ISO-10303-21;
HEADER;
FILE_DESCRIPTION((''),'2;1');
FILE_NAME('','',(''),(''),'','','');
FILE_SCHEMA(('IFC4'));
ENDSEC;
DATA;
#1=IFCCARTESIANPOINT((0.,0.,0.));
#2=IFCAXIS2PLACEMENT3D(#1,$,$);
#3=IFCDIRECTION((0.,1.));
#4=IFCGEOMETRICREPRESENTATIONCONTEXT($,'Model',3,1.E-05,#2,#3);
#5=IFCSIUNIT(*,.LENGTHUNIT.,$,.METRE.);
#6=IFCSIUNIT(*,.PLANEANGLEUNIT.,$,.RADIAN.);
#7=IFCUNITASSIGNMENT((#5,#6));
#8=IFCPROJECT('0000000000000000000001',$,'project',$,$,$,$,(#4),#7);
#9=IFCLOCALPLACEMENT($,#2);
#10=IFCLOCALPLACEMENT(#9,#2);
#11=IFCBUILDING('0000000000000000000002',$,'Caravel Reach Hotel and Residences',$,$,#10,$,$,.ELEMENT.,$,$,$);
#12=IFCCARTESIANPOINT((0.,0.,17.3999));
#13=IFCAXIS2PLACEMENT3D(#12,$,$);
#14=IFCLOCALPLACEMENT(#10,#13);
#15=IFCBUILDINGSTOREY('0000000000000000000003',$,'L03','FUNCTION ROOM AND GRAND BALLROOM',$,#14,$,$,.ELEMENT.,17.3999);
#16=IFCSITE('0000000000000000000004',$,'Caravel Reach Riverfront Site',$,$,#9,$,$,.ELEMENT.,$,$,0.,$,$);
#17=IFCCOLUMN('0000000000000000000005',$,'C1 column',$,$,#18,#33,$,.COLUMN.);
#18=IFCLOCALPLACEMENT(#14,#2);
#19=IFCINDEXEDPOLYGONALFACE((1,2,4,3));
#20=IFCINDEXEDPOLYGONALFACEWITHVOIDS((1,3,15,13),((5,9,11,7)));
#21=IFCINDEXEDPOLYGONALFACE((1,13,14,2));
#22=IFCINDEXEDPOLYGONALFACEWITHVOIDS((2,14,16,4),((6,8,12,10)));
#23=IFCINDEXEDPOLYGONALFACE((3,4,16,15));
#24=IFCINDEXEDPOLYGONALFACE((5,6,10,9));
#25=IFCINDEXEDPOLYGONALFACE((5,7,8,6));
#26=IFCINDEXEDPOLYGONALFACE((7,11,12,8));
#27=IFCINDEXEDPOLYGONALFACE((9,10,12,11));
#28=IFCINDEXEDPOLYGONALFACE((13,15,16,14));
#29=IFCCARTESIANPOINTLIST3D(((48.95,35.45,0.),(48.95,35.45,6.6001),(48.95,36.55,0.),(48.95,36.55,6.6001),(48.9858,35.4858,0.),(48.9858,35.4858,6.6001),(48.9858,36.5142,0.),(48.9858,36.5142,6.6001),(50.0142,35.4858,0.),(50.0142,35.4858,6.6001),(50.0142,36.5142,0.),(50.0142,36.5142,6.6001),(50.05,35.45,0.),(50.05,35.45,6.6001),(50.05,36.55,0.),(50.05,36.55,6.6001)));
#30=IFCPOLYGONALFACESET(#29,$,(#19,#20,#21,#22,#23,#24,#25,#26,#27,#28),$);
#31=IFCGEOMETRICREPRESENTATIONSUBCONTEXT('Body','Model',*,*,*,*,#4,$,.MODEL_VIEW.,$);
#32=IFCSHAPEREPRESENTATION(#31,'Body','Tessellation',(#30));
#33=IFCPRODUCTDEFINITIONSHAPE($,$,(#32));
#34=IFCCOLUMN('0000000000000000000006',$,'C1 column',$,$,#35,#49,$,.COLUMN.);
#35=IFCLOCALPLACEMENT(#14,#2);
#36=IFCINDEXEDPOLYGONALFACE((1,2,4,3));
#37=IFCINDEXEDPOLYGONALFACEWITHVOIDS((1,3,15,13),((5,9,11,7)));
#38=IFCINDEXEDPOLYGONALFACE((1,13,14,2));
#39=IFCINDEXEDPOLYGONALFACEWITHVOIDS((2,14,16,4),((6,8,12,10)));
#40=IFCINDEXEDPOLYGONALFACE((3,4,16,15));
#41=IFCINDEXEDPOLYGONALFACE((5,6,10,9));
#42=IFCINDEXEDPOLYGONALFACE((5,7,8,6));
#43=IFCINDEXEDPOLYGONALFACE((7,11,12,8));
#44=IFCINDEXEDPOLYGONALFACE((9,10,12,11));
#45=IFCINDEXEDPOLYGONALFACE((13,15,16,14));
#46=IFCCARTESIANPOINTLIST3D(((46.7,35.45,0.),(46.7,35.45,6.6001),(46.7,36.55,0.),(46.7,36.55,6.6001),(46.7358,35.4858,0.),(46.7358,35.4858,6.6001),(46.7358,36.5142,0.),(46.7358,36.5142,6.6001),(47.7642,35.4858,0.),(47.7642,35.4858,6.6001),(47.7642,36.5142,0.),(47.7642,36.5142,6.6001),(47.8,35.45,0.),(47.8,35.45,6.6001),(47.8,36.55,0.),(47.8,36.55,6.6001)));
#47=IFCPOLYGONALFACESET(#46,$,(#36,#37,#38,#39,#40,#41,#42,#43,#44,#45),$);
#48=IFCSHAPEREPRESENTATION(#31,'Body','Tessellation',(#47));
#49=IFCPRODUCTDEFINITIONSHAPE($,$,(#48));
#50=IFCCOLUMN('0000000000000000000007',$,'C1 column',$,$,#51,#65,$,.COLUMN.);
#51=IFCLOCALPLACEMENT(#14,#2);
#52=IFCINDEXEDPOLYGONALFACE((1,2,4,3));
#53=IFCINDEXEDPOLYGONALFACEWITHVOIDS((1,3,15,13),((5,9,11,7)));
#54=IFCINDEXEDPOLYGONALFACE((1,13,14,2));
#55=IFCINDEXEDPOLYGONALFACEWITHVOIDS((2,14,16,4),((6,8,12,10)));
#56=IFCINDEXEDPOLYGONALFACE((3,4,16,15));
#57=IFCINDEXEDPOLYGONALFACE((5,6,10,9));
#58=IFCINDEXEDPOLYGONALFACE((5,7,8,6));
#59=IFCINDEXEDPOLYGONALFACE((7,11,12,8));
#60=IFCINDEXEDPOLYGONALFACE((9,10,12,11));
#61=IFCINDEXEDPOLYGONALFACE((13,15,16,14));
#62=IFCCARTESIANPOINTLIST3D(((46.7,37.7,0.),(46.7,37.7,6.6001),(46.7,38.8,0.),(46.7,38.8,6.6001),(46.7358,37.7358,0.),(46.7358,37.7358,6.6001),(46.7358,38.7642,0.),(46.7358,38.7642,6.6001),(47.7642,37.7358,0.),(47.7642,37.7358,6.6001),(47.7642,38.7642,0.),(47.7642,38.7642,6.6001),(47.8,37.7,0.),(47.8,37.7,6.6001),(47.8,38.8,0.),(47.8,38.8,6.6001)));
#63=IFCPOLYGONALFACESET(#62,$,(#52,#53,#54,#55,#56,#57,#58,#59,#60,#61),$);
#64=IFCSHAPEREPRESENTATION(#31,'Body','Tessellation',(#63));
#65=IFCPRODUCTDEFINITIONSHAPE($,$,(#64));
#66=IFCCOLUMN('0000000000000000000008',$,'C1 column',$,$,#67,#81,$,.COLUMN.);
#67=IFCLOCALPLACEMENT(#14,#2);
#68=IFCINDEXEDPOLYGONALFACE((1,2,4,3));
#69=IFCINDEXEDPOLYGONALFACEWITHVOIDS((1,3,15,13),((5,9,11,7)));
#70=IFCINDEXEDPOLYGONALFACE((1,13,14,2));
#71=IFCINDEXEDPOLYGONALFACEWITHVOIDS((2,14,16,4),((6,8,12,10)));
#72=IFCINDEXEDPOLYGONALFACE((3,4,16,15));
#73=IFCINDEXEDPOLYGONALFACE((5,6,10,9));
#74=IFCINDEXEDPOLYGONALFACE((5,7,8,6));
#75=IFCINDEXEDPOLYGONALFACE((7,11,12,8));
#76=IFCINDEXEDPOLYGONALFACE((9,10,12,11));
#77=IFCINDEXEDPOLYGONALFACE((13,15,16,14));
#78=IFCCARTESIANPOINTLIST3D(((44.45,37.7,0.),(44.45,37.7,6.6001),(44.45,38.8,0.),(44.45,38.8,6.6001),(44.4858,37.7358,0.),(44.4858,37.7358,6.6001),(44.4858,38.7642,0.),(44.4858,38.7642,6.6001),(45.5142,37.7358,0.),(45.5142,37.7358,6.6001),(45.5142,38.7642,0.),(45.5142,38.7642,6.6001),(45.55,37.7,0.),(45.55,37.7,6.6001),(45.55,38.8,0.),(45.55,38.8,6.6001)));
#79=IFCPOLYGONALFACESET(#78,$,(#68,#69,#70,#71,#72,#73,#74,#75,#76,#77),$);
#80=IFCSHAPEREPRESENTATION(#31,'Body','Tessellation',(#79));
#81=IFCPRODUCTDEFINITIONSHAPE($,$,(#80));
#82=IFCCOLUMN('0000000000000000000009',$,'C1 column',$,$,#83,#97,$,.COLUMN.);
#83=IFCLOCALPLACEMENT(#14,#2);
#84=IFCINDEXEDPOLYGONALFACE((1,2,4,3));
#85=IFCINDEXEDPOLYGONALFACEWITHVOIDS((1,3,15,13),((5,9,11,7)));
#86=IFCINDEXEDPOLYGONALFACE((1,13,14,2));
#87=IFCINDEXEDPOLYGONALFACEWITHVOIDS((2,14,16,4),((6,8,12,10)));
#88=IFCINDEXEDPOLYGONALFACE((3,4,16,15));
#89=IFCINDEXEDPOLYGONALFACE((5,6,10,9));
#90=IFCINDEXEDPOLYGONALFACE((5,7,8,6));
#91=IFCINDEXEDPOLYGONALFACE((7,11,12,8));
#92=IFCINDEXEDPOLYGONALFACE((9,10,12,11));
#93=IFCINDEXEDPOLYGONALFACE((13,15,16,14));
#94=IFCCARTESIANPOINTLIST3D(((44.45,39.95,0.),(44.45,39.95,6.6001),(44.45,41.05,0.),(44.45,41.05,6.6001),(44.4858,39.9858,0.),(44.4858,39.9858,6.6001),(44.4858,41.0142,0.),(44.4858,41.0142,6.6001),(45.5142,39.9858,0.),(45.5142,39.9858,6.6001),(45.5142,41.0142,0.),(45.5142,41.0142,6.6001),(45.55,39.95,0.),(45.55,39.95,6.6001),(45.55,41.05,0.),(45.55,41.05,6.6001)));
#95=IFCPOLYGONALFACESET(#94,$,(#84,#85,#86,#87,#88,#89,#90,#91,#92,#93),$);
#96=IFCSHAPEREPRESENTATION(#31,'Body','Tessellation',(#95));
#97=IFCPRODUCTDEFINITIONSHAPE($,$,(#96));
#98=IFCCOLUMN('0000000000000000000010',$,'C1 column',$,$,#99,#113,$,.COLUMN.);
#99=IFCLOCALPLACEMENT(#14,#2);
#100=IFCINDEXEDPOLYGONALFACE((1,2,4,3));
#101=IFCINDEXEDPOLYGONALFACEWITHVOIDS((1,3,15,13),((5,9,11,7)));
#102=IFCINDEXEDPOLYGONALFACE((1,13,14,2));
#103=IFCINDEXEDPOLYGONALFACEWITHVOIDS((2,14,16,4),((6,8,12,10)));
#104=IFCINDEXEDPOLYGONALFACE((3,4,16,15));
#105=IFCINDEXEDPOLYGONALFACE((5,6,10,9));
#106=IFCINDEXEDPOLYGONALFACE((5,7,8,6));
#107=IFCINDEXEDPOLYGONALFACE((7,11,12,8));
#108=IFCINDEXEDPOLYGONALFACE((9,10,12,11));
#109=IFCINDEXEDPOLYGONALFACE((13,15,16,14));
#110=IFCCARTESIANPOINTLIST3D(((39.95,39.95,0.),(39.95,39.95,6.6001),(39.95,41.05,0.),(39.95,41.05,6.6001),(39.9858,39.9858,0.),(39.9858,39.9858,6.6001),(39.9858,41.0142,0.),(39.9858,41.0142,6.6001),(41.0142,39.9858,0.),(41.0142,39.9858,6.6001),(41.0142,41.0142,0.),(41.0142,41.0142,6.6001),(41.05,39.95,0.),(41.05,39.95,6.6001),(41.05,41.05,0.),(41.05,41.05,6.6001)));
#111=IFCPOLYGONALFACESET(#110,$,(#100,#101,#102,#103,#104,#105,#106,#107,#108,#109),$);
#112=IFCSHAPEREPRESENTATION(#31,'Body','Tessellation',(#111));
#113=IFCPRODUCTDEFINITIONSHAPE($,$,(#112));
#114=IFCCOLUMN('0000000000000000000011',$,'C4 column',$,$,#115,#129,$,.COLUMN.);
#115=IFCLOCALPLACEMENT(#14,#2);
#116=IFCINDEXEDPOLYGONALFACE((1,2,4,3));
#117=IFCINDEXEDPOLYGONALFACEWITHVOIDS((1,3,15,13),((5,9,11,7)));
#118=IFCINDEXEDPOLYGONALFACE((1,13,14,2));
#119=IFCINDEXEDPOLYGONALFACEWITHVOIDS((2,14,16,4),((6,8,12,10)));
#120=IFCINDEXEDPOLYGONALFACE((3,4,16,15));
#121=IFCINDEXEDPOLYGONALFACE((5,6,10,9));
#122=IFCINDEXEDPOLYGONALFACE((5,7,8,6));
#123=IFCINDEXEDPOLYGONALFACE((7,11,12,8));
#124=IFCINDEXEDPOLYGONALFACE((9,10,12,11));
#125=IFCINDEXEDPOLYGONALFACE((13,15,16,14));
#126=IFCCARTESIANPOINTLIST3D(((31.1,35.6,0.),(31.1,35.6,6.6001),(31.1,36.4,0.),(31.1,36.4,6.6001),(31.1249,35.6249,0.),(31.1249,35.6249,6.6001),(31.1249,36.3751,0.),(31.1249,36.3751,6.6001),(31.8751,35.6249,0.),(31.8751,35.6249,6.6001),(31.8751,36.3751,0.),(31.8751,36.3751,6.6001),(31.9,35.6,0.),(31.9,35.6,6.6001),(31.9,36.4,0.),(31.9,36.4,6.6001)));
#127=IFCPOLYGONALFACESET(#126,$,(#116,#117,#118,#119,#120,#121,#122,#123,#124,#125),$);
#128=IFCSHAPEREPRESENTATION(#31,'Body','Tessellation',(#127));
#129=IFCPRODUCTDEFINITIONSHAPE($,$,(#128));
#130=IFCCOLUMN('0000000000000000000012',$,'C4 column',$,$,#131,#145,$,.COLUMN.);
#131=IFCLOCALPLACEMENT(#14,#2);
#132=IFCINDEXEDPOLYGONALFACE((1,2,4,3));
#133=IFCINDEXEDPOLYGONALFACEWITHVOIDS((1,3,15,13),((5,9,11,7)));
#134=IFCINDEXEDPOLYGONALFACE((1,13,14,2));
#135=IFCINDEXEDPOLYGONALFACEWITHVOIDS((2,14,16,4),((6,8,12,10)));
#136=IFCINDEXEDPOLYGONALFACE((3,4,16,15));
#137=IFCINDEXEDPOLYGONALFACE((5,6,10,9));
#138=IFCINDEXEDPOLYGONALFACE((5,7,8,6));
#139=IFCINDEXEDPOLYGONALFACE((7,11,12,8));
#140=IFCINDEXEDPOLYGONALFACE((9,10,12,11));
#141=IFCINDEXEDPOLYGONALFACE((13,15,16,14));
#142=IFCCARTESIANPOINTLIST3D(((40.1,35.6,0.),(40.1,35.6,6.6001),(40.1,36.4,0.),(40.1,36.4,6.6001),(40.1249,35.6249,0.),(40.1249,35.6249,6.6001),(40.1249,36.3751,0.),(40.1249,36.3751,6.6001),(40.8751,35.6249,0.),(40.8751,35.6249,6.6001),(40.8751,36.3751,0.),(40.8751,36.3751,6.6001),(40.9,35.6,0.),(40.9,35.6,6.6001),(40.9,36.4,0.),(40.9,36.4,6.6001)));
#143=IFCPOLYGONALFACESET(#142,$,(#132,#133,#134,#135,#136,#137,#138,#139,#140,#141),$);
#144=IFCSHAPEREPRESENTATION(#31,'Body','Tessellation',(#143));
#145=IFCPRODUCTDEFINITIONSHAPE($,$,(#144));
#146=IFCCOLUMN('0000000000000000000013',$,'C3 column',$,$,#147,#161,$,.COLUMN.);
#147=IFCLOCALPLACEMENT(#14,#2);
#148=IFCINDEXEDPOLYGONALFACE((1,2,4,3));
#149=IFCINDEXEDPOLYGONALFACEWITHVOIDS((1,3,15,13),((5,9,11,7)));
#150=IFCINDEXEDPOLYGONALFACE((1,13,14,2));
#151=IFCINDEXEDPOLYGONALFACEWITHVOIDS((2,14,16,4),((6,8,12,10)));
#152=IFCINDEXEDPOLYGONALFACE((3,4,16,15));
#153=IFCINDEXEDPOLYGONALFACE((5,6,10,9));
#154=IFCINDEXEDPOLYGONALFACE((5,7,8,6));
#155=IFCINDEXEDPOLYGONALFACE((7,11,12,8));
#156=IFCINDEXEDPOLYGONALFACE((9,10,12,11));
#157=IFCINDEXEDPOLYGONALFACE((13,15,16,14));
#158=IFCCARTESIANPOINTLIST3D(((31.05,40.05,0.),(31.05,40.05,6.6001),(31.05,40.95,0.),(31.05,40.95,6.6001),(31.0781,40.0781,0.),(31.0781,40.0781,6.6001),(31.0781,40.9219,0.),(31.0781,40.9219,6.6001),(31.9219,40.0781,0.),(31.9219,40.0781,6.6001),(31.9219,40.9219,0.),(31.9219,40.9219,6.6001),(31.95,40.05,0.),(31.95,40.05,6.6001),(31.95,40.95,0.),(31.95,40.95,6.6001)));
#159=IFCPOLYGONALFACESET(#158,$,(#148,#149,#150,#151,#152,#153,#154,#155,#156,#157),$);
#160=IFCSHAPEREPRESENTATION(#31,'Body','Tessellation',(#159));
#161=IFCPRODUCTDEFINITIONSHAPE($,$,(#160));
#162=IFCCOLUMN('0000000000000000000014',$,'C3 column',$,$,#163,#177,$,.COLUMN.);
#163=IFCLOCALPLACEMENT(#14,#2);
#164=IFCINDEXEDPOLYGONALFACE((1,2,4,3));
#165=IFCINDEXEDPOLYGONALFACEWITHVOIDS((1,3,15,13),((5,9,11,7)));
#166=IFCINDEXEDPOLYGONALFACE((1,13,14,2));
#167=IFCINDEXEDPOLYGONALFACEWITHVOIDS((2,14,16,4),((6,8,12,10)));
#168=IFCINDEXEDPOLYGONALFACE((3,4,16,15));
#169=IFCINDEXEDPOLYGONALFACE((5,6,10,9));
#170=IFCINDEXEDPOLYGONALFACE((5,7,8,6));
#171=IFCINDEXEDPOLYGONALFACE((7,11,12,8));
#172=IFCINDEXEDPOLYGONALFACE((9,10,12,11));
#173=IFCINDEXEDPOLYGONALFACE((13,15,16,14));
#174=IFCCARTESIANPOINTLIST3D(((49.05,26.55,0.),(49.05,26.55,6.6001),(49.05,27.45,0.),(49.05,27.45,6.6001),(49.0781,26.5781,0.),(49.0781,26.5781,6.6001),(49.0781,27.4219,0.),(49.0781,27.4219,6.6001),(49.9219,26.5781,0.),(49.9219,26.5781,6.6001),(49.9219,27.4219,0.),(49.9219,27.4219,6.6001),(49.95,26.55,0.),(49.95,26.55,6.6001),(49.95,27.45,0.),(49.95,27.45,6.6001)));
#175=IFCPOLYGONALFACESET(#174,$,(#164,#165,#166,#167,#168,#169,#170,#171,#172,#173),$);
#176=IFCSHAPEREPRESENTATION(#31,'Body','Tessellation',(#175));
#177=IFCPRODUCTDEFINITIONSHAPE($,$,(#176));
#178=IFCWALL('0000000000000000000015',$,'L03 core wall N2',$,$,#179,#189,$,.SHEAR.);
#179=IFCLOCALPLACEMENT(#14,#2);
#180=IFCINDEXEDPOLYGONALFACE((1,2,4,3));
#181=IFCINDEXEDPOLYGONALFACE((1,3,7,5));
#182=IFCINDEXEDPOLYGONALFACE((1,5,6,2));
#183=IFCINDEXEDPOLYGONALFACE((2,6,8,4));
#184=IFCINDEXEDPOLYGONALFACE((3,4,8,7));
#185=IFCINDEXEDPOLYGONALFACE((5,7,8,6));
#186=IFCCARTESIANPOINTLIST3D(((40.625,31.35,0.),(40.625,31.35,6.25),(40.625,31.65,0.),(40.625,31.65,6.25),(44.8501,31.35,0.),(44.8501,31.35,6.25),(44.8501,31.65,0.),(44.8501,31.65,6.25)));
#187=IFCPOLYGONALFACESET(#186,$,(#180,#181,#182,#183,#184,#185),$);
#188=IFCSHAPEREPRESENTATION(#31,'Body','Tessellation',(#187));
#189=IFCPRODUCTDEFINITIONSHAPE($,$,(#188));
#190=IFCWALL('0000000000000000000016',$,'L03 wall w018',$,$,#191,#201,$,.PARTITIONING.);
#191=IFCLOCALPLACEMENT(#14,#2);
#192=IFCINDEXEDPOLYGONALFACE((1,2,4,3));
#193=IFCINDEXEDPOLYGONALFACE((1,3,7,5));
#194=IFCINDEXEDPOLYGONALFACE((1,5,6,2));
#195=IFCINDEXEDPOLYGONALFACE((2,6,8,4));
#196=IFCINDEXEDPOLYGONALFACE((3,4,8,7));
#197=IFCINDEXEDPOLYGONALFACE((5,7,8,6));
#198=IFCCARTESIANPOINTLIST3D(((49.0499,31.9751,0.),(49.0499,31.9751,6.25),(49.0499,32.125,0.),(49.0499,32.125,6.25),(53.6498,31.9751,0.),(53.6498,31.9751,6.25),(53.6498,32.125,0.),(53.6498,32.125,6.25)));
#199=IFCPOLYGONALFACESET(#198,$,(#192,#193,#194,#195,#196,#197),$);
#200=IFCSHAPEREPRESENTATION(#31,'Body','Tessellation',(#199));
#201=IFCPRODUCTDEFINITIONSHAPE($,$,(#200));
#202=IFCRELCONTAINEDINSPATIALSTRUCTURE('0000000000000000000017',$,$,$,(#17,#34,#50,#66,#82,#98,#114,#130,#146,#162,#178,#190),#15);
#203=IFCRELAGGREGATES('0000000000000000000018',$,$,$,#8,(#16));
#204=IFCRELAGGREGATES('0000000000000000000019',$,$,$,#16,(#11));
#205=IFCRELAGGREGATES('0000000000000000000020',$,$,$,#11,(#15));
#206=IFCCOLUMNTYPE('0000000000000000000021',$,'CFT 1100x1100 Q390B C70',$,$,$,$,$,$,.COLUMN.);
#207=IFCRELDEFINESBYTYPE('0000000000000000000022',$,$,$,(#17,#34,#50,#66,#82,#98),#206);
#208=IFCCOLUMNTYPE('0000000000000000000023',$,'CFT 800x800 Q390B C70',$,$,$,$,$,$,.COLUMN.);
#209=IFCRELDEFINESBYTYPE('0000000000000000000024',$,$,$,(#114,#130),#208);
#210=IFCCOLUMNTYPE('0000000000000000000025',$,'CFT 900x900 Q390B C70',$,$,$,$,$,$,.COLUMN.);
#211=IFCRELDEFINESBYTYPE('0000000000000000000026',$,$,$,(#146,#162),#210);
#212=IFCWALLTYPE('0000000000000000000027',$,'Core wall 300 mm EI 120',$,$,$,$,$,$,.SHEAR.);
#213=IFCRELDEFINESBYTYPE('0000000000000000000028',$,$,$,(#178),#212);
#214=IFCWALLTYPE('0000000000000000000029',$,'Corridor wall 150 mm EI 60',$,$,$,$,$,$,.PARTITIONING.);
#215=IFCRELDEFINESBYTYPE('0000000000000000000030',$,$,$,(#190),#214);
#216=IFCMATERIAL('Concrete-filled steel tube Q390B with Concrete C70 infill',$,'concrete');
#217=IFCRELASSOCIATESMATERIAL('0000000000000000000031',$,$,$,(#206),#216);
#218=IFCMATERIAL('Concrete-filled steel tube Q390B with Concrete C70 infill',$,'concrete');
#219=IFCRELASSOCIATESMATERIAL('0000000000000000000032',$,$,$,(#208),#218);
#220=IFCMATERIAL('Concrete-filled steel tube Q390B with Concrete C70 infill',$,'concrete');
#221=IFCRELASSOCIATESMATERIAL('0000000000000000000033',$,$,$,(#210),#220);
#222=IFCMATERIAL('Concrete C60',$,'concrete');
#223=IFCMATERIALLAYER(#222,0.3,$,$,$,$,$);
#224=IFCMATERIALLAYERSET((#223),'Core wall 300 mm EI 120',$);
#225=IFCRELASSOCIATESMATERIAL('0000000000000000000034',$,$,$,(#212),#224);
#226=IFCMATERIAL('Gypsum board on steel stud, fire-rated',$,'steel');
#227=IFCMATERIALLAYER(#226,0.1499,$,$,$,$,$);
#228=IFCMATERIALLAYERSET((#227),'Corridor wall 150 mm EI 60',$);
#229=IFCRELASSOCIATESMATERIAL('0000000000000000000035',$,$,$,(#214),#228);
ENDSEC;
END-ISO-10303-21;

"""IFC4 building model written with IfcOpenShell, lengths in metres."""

from ifc_helpers import new_model, si_unit, direction, frame, frame_2d, origin, origin_2d, place, context, subcontext, project, spatial, rectangle, hollow_rectangle, extrude, material, layer, layer_set, material_profile, profile_set, type_object, element, save


model = new_model("IFC4")

# Units and contexts
model_context = context("Model", 3, precision=1e-05, world=origin(), true_north=direction((0.0, 1.0)))
body_context = subcontext(model_context, "Body", "Model", "MODEL_VIEW")
ifc_project = project(units=[si_unit("LENGTHUNIT", "METRE"), si_unit("PLANEANGLEUNIT", "RADIAN")], contexts=[model_context])

# Site, building, storey
site_placement = place(None, origin())
site = spatial("IfcSite", under=ifc_project, at=site_placement, Name="Caravel Reach Riverfront Site", CompositionType="ELEMENT", RefElevation=0.0)
building_placement = place(site_placement, origin())
building = spatial("IfcBuilding", under=site, at=building_placement, Name="Caravel Reach Hotel and Residences", CompositionType="ELEMENT")
storey_placement = place(building_placement, frame((0.0, 0.0, 17.3999)))
storey = spatial("IfcBuildingStorey", under=building, at=storey_placement, Name="L03", Description="FUNCTION ROOM AND GRAND BALLROOM", CompositionType="ELEMENT", Elevation=17.3999)

# Columns
ifc_material_1 = material(Name="Concrete-filled steel tube Q390B with Concrete C70 infill", Category="concrete")
ifc_material_profile_1 = material_profile(ifc_material_1, hollow_rectangle(XDim=1.1001, YDim=1.1001, WallThickness=0.0359, at=origin_2d()), Name="RHS 1100x1100x36")
ifc_profile_set_1 = profile_set([ifc_material_profile_1], Name="Concrete-filled steel tube Q390B with Concrete C70 infill")
column_type_1 = type_object("IfcColumnType", Name="CFT 1100x1100 Q390B C70", PredefinedType="COLUMN", material=ifc_profile_set_1)
for number, where, z_axis, x_axis, name in (
    (1, (49.5, 36.0, 0.0), (0.0, 0.0, 1.0), (1.0, 0.0, 0.0), "C1 column"),
    (2, (47.25, 36.0, 0.0), (0.0, 0.0, 1.0), (1.0, 0.0, 0.0), "C1 column"),
    (3, (47.25, 38.25, 0.0), (0.0, 0.0, 1.0), (1.0, 0.0, 0.0), "C1 column"),
    (4, (45.0, 38.25, 0.0), (0.0, 0.0, 1.0), (1.0, 0.0, 0.0), "C1 column"),
    (5, (45.0, 40.5, 0.0), (0.0, 0.0, 1.0), (1.0, 0.0, 0.0), "C1 column"),
    (6, (40.5, 40.5, 0.0), (0.0, 0.0, 1.0), (1.0, 0.0, 0.0), "C1 column"),
):
    element("IfcColumn", number, at=place(storey_placement, frame(where, z_axis=z_axis, x_axis=x_axis)), inside=storey, type_object=column_type_1, Name=name, PredefinedType="COLUMN", context=body_context, shape_type="SweptSolid", body=[
        extrude(hollow_rectangle(XDim=1.1001, YDim=1.1001, WallThickness=0.0359, at=origin_2d()), origin(), (0.0, 0.0, 1.0), 6.6001),
    ])
ifc_material_2 = material(Name="Concrete-filled steel tube Q390B with Concrete C70 infill", Category="concrete")
ifc_material_profile_2 = material_profile(ifc_material_2, hollow_rectangle(XDim=0.8, YDim=0.8, WallThickness=0.0249, at=origin_2d()), Name="RHS 800x800x25")
ifc_profile_set_2 = profile_set([ifc_material_profile_2], Name="Concrete-filled steel tube Q390B with Concrete C70 infill")
column_type_2 = type_object("IfcColumnType", Name="CFT 800x800 Q390B C70", PredefinedType="COLUMN", material=ifc_profile_set_2)
for number, where, z_axis, x_axis, name in (
    (7, (31.5, 36.0, 0.0), (0.0, 0.0, 1.0), (1.0, 0.0, 0.0), "C4 column"),
    (8, (40.5, 36.0, 0.0), (0.0, 0.0, 1.0), (1.0, 0.0, 0.0), "C4 column"),
):
    element("IfcColumn", number, at=place(storey_placement, frame(where, z_axis=z_axis, x_axis=x_axis)), inside=storey, type_object=column_type_2, Name=name, PredefinedType="COLUMN", context=body_context, shape_type="SweptSolid", body=[
        extrude(hollow_rectangle(XDim=0.8, YDim=0.8, WallThickness=0.0249, at=origin_2d()), origin(), (0.0, 0.0, 1.0), 6.6001),
    ])
ifc_material_3 = material(Name="Concrete-filled steel tube Q390B with Concrete C70 infill", Category="concrete")
ifc_material_profile_3 = material_profile(ifc_material_3, hollow_rectangle(XDim=0.8999, YDim=0.8999, WallThickness=0.0281, at=origin_2d()), Name="RHS 900x900x28")
ifc_profile_set_3 = profile_set([ifc_material_profile_3], Name="Concrete-filled steel tube Q390B with Concrete C70 infill")
column_type_3 = type_object("IfcColumnType", Name="CFT 900x900 Q390B C70", PredefinedType="COLUMN", material=ifc_profile_set_3)
for number, where, z_axis, x_axis, name in (
    (9, (31.5, 40.5, 0.0), (0.0, 0.0, 1.0), (1.0, 0.0, 0.0), "C3 column"),
    (10, (49.5, 27.0, 0.0), (0.0, 0.0, 1.0), (1.0, 0.0, 0.0), "C3 column"),
):
    element("IfcColumn", number, at=place(storey_placement, frame(where, z_axis=z_axis, x_axis=x_axis)), inside=storey, type_object=column_type_3, Name=name, PredefinedType="COLUMN", context=body_context, shape_type="SweptSolid", body=[
        extrude(hollow_rectangle(XDim=0.8999, YDim=0.8999, WallThickness=0.0281, at=origin_2d()), origin(), (0.0, 0.0, 1.0), 6.6001),
    ])

# Walls
ifc_material_4 = material(Name="Concrete C60", Category="concrete")
ifc_layer_1 = layer(ifc_material_4, 0.3)
ifc_layer_set_1 = layer_set([ifc_layer_1], Name="Core wall 300 mm EI 120")
wall_type_1 = type_object("IfcWallType", Name="Core wall 300 mm EI 120", PredefinedType="SHEAR", material=ifc_layer_set_1)
wall_1_placement = place(storey_placement, frame((40.625, 31.5, 0.0), z_axis=(0.0, 0.0, 1.0), x_axis=(1.0, 0.0, 0.0)))
element("IfcWall", 11, at=wall_1_placement, inside=storey, type_object=wall_type_1, Name="L03 core wall N2", PredefinedType="SHEAR", context=body_context, shape_type="SweptSolid", body=[
    extrude(rectangle(XDim=4.2251, YDim=0.3, at=frame_2d((2.1125, 0.0))), origin(), (0.0, 0.0, 1.0), 6.25),
])
ifc_material_5 = material(Name="Gypsum board on steel stud, fire-rated", Category="steel")
ifc_layer_2 = layer(ifc_material_5, 0.1499)
ifc_layer_set_2 = layer_set([ifc_layer_2], Name="Corridor wall 150 mm EI 60")
wall_type_2 = type_object("IfcWallType", Name="Corridor wall 150 mm EI 60", PredefinedType="PARTITIONING", material=ifc_layer_set_2)
wall_2_placement = place(storey_placement, frame((49.05, 32.05, 0.0), z_axis=(0.0, 0.0, 1.0), x_axis=(1.0, 0.0, 0.0)))
element("IfcWall", 12, at=wall_2_placement, inside=storey, type_object=wall_type_2, Name="L03 wall w018", PredefinedType="PARTITIONING", context=body_context, shape_type="SweptSolid", body=[
    extrude(rectangle(XDim=4.5999, YDim=0.1499, at=frame_2d((2.2998, 0.0))), origin(), (0.0, 0.0, 1.0), 6.25),
])

save(model, "model.ifc")
